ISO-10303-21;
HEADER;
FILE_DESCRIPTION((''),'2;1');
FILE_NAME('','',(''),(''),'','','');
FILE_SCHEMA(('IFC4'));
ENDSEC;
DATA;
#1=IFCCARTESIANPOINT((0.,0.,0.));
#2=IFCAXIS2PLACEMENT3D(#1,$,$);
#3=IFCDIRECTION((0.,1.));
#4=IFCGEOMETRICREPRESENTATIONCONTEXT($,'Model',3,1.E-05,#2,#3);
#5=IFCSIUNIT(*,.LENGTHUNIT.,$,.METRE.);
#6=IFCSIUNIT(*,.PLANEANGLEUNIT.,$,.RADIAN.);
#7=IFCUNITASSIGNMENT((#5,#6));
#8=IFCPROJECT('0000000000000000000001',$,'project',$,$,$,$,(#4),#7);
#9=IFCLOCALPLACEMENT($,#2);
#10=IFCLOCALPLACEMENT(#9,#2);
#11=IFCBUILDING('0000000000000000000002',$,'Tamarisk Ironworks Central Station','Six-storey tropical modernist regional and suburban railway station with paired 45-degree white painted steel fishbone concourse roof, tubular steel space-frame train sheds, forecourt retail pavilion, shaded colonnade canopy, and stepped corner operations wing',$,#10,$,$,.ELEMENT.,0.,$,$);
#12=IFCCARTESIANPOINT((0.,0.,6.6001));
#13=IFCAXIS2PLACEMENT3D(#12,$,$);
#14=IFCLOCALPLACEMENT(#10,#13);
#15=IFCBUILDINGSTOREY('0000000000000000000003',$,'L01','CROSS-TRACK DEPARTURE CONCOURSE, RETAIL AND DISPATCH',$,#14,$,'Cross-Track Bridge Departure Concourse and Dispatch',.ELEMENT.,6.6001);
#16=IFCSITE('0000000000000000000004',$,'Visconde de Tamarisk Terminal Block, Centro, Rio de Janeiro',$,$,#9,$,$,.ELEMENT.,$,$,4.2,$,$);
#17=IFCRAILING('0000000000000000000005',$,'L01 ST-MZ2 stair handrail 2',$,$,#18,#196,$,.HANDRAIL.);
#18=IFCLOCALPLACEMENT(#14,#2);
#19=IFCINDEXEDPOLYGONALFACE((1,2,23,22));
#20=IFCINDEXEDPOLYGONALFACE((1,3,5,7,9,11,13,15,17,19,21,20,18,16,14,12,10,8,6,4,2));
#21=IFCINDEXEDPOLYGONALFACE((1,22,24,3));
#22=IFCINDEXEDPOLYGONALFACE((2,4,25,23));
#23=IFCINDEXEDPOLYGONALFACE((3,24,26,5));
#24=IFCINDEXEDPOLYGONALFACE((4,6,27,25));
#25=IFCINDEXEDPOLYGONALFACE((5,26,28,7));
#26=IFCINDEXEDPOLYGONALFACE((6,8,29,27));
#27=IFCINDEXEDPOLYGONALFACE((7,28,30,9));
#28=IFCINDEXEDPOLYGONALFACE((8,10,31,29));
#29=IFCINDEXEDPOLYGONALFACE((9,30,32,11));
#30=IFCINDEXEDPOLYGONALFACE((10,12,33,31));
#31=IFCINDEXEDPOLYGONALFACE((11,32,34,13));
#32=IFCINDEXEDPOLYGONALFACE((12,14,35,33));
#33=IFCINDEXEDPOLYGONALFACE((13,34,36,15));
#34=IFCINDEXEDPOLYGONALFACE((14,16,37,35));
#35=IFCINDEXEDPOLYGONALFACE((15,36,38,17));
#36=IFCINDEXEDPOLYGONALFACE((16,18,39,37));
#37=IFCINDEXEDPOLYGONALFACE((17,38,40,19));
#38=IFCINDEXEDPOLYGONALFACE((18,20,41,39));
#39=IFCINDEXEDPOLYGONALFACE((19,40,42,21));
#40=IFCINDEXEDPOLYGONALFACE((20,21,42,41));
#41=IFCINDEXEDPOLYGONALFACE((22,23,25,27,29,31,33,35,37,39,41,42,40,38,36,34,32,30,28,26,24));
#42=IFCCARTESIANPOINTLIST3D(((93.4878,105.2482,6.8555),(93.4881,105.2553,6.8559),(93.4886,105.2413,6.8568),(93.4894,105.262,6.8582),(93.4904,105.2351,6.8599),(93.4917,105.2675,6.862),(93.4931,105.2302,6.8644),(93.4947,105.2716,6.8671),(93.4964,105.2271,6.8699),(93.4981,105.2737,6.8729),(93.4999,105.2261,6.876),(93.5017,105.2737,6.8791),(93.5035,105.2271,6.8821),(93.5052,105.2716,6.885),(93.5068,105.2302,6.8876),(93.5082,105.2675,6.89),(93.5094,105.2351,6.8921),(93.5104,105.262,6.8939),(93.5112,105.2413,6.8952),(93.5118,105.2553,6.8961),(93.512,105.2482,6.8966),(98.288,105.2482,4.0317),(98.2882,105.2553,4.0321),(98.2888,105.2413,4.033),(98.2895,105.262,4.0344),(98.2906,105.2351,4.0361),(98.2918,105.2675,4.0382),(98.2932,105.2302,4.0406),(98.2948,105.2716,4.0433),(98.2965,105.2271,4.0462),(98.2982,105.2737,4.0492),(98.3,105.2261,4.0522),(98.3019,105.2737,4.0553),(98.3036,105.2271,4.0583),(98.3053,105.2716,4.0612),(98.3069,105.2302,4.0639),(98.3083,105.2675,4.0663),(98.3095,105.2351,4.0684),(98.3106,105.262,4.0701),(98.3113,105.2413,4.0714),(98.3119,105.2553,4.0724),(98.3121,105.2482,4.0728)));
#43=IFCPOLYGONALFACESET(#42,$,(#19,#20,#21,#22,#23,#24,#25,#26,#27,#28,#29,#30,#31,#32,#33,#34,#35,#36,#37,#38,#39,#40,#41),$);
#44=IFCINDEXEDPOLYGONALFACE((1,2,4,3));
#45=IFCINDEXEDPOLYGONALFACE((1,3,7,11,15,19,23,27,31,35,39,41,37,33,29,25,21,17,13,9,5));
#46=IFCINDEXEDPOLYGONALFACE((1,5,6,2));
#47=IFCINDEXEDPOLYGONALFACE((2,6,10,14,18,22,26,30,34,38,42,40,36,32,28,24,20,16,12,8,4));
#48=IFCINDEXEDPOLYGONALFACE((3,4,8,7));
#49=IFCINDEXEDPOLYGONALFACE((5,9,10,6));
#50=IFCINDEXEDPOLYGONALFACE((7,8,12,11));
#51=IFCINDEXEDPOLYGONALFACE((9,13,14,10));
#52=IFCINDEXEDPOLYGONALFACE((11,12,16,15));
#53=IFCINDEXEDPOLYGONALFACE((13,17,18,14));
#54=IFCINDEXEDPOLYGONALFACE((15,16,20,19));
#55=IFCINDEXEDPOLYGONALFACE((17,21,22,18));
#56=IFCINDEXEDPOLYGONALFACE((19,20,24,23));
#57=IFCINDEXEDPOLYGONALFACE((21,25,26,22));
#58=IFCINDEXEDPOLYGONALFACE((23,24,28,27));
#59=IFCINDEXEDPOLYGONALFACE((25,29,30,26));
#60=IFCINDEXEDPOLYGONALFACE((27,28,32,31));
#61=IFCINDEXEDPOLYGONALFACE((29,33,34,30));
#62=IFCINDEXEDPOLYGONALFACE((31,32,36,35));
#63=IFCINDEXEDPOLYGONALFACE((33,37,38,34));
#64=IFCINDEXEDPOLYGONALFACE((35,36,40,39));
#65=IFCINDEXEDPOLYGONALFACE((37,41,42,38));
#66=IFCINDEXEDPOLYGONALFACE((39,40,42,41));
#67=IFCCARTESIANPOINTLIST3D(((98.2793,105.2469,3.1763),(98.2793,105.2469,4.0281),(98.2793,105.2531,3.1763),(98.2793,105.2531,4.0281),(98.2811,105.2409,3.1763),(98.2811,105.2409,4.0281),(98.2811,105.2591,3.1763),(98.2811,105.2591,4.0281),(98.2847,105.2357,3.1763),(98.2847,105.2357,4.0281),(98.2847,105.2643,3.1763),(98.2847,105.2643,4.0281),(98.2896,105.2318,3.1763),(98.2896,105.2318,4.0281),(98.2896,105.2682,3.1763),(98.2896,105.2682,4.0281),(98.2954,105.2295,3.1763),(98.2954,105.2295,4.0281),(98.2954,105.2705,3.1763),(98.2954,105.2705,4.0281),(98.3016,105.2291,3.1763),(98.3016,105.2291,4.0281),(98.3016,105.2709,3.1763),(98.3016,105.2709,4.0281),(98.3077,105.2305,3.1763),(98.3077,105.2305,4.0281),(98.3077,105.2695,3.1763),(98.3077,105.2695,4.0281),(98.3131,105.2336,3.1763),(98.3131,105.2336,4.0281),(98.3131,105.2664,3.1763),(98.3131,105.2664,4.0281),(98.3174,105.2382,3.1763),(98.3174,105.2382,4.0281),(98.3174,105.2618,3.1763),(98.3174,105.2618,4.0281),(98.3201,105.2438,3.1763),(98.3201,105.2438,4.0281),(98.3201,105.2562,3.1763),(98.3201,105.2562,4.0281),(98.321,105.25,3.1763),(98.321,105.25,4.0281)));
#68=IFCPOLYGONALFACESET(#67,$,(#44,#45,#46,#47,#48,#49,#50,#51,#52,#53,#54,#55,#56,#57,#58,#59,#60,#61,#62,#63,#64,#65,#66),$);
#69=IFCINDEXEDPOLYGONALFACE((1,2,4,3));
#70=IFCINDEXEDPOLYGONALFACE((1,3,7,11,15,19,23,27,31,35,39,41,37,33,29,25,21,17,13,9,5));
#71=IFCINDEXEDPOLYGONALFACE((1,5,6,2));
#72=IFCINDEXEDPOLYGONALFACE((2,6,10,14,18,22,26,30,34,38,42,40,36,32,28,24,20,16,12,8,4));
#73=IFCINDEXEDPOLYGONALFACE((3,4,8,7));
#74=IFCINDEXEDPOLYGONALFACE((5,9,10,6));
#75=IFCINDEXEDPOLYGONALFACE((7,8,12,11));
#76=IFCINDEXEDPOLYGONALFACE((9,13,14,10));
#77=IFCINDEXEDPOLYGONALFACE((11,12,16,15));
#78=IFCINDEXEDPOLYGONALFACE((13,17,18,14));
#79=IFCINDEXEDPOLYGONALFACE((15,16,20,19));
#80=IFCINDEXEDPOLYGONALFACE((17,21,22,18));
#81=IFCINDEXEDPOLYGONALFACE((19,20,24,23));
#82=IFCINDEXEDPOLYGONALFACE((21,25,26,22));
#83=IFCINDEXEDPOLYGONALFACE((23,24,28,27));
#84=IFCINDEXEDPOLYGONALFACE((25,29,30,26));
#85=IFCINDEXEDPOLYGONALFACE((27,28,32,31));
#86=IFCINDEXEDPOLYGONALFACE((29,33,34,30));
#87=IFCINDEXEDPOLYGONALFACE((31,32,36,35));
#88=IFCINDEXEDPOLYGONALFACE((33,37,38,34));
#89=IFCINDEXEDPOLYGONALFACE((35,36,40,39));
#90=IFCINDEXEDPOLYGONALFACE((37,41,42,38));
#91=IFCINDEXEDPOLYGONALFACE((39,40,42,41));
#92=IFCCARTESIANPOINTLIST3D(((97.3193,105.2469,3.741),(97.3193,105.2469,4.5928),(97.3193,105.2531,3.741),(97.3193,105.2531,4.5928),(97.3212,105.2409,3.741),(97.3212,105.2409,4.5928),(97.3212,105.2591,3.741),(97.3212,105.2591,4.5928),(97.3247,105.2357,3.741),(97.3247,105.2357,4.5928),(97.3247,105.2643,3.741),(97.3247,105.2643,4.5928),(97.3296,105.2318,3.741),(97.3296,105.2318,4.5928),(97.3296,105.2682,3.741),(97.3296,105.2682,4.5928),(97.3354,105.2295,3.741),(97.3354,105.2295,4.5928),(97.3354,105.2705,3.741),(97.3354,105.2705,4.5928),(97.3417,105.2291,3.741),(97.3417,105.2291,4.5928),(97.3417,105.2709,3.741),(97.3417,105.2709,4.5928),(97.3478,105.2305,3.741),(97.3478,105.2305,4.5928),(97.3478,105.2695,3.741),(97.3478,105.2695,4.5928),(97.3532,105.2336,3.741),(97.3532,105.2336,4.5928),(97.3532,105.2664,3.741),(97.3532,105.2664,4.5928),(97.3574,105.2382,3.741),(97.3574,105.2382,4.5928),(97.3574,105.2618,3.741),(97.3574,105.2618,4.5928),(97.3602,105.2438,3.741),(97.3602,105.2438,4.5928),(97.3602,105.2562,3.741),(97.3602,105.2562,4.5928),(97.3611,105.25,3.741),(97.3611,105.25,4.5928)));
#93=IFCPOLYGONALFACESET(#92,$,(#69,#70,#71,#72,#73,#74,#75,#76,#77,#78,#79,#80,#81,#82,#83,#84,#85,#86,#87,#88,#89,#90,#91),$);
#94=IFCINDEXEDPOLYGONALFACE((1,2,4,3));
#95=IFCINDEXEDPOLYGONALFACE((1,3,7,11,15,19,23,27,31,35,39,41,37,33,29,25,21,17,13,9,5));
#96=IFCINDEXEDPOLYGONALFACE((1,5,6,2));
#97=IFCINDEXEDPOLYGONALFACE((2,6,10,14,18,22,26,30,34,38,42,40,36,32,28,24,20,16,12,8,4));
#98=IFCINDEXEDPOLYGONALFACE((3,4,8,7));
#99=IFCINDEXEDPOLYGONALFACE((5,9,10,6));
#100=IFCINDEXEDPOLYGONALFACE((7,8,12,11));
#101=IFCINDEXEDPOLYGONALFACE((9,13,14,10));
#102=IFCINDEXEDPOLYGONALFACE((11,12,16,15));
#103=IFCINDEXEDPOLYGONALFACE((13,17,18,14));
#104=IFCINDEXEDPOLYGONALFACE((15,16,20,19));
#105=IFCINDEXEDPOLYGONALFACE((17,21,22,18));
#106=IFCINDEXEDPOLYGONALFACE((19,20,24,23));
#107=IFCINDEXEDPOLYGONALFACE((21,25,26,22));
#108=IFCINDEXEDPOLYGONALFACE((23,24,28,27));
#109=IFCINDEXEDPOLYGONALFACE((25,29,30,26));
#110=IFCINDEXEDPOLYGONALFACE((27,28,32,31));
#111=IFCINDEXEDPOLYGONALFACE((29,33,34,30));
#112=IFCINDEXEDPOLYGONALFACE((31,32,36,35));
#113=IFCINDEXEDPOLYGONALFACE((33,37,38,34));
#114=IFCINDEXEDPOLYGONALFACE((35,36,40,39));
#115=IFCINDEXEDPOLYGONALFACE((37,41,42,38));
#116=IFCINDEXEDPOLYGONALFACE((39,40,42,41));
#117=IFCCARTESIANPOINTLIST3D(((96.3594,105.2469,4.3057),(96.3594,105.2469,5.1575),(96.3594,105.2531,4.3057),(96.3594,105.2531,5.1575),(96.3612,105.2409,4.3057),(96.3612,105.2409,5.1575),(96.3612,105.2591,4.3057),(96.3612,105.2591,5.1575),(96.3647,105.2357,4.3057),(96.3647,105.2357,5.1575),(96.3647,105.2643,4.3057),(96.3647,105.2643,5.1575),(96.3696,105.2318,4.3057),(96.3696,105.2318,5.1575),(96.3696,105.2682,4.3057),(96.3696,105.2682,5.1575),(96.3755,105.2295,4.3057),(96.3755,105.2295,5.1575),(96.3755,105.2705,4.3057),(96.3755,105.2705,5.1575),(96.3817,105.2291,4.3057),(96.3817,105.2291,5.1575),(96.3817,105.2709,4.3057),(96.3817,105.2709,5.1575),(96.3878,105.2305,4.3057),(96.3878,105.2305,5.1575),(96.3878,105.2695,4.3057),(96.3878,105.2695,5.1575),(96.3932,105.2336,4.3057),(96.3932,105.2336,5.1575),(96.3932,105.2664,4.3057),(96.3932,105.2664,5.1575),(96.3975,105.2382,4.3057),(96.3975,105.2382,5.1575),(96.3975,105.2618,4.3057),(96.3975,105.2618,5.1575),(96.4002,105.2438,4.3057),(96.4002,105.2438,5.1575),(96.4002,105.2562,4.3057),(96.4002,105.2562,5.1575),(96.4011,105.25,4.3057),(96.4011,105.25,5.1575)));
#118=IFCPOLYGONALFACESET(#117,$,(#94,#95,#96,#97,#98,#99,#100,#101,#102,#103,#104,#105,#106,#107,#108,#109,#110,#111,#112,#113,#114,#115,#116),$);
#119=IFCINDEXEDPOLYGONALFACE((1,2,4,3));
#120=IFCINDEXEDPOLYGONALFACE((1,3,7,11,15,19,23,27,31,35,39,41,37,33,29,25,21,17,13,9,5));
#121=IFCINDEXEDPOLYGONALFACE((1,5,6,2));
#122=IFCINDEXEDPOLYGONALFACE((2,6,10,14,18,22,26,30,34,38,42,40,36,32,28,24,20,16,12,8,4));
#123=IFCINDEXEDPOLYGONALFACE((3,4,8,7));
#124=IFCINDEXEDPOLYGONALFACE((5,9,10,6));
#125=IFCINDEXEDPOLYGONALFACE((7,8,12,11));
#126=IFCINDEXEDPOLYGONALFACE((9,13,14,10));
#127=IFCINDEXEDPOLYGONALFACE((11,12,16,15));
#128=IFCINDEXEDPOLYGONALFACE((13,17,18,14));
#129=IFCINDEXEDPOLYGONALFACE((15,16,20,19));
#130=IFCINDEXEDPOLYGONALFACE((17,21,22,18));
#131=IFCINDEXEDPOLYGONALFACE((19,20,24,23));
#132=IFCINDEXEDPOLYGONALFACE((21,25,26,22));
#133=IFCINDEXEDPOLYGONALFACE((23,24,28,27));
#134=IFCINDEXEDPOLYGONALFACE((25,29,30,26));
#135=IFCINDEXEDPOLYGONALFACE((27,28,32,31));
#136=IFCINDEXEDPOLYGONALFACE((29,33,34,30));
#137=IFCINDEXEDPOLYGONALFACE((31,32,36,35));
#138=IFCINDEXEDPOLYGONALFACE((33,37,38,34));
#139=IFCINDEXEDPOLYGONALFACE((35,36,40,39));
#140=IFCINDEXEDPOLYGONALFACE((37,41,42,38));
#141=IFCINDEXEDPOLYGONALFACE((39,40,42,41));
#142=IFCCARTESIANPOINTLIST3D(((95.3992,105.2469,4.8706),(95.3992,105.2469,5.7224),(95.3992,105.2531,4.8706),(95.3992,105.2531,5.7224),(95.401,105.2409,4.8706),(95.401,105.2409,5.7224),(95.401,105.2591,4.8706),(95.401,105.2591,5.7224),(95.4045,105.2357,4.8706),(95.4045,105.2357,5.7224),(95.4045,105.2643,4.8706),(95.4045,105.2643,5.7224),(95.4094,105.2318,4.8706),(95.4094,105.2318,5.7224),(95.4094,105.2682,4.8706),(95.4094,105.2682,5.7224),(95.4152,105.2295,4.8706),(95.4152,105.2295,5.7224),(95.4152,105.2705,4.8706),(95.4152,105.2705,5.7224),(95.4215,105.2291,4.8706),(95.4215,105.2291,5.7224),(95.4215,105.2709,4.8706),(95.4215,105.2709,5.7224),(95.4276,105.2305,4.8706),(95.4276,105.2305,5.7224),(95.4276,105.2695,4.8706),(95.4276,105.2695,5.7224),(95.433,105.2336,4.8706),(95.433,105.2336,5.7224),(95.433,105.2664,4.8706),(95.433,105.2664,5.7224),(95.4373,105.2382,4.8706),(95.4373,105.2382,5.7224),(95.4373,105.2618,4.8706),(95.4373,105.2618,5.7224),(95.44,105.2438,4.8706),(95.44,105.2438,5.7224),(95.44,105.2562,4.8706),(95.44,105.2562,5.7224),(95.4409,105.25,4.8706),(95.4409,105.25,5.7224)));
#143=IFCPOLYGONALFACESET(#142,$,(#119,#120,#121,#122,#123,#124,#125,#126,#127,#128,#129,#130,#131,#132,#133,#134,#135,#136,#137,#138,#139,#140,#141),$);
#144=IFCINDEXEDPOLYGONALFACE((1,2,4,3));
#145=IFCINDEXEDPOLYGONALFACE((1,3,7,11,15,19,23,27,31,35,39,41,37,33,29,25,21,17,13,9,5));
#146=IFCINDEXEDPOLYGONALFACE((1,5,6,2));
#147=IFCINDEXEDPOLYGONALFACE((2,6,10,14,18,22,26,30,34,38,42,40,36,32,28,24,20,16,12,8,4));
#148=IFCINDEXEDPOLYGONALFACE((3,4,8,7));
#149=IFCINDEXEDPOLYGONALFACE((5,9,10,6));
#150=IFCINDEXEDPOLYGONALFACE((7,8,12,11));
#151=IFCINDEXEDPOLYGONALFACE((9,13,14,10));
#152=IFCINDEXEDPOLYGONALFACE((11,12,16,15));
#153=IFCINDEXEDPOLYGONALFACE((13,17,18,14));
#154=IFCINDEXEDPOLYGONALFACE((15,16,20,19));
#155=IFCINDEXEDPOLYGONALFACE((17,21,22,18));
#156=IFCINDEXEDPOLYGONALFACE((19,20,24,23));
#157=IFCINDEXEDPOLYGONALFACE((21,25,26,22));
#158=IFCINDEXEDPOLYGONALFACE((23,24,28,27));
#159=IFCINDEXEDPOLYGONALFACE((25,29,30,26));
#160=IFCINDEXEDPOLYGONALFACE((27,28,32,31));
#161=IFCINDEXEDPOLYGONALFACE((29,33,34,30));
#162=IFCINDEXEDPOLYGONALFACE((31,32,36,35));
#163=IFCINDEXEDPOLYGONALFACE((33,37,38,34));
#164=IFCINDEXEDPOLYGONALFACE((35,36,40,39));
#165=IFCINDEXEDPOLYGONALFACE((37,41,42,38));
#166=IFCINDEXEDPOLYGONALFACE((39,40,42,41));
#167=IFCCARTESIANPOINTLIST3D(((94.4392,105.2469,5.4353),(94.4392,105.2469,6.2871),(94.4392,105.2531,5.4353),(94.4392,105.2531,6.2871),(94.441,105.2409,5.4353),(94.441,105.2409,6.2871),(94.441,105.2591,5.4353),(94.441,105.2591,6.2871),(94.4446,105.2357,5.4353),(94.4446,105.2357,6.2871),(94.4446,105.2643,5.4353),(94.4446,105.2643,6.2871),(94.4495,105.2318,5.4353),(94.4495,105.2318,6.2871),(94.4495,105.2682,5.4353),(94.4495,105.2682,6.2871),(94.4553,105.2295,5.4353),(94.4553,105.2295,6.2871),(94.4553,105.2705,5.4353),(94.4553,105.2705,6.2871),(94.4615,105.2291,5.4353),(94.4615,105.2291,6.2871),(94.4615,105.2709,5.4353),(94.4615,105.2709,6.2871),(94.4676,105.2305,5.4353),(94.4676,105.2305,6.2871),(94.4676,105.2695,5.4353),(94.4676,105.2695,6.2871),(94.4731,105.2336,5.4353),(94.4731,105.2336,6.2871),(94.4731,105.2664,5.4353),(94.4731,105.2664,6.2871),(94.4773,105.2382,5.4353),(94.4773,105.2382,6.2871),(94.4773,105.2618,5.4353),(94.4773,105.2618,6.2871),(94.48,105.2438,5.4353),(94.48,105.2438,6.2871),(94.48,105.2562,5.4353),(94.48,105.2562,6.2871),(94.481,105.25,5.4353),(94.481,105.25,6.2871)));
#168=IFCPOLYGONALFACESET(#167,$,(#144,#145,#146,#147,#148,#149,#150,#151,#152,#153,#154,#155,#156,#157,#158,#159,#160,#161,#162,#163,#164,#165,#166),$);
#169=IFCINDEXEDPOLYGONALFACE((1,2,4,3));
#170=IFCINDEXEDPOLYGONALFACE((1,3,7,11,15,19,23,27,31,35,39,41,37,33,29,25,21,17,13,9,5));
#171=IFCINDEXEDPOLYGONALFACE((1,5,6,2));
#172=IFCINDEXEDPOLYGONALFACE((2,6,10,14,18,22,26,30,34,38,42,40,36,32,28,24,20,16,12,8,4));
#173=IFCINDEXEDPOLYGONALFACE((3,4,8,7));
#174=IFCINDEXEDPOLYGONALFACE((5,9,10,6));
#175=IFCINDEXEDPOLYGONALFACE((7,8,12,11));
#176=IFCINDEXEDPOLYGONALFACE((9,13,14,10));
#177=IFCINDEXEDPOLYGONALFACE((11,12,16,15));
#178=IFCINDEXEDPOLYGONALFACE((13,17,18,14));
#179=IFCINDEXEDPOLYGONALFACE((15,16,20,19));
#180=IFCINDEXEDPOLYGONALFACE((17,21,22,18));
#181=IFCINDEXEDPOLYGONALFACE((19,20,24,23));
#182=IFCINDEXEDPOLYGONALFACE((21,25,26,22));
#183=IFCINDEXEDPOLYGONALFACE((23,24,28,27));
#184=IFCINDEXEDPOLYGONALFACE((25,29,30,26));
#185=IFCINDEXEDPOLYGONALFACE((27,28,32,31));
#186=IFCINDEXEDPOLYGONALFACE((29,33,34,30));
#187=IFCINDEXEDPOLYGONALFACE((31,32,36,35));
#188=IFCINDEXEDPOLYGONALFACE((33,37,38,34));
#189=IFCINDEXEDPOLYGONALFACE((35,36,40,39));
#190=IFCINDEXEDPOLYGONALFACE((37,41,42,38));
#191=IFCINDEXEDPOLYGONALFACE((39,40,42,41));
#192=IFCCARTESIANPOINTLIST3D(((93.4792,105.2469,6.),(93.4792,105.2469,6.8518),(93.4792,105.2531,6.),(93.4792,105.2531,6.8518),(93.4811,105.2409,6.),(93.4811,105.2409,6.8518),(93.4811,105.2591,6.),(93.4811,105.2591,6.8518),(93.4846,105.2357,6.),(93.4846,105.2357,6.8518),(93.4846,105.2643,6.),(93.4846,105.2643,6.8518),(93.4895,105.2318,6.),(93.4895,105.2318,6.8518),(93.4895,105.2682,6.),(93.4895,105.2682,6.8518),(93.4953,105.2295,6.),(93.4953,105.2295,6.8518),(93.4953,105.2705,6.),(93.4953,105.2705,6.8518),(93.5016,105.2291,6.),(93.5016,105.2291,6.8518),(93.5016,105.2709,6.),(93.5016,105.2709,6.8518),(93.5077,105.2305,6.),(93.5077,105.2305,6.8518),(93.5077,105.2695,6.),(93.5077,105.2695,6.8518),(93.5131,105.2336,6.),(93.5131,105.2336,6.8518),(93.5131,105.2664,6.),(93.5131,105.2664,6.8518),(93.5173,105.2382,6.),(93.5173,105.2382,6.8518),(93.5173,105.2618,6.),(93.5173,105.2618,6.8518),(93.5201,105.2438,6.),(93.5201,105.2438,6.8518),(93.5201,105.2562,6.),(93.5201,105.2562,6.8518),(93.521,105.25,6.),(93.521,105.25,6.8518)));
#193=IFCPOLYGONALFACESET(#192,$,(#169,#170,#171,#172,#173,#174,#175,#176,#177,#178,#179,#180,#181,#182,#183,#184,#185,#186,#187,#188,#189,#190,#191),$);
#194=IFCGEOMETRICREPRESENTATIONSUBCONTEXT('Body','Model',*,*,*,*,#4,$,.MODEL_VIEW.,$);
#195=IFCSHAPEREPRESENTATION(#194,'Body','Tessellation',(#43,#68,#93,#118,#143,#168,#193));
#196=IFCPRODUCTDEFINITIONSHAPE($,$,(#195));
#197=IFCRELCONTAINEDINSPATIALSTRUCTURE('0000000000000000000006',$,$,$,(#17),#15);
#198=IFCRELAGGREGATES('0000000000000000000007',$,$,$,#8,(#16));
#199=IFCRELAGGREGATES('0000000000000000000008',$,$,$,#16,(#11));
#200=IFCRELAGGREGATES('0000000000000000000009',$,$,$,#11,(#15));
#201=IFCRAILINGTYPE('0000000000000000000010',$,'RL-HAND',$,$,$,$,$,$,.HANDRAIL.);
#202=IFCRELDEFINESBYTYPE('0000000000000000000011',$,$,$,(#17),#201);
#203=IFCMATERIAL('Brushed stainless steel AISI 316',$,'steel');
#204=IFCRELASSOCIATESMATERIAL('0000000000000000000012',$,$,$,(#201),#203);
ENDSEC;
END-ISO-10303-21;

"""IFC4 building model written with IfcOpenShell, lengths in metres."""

from ifc_helpers import new_model, si_unit, direction, frame, origin, origin_2d, place, context, subcontext, project, spatial, circle, extrude, material, type_object, element, save


model = new_model("IFC4")

# Units and contexts
model_context = context("Model", 3, precision=1e-05, world=origin(), true_north=direction((0.0, 1.0)))
body_context = subcontext(model_context, "Body", "Model", "MODEL_VIEW")
ifc_project = project(units=[si_unit("LENGTHUNIT", "METRE"), si_unit("PLANEANGLEUNIT", "RADIAN")], contexts=[model_context])

# Site, building, storey
site_placement = place(None, origin())
site = spatial("IfcSite", under=ifc_project, at=site_placement, Name="Visconde de Tamarisk Terminal Block, Centro, Rio de Janeiro", CompositionType="ELEMENT", RefElevation=4.2)
building_placement = place(site_placement, origin())
building = spatial("IfcBuilding", under=site, at=building_placement, Name="Tamarisk Ironworks Central Station", Description="Six-storey tropical modernist regional and suburban railway station with paired 45-degree white painted steel fishbone concourse roof, tubular steel space-frame train sheds, forecourt retail pavilion, shaded colonnade canopy, and stepped corner operations wing", CompositionType="ELEMENT", ElevationOfRefHeight=0.0)
storey_placement = place(building_placement, frame((0.0, 0.0, 6.6001)))
storey = spatial("IfcBuildingStorey", under=building, at=storey_placement, Name="L01", Description="CROSS-TRACK DEPARTURE CONCOURSE, RETAIL AND DISPATCH", LongName="Cross-Track Bridge Departure Concourse and Dispatch", CompositionType="ELEMENT", Elevation=6.6001)

# Railing
ifc_material_1 = material(Name="Brushed stainless steel AISI 316", Category="steel")
railing_type_1 = type_object("IfcRailingType", Name="RL-HAND", PredefinedType="HANDRAIL", material=ifc_material_1)
railing_1_placement = place(storey_placement, frame((98.3, 105.25, 3.1763)))
element("IfcRailing", 1, at=railing_1_placement, inside=storey, type_object=railing_type_1, Name="L01 ST-MZ2 stair handrail 2", PredefinedType="HANDRAIL", context=body_context, shape_type="SweptSolid", body=[
    extrude(circle(Radius=0.0239, at=origin_2d()), frame((0.0, 0.0, 0.876), z_axis=(-0.861921, 0.0, 0.507043), x_axis=(0.0, -1.0, 0.0)), (0.0, 0.0, 1.0), 5.5691),
    extrude(circle(Radius=0.021, at=origin_2d()), origin(), (0.0, 0.0, 1.0), 0.8518),
    extrude(circle(Radius=0.021, at=origin_2d()), frame((-0.96, 0.0, 0.5647)), (0.0, 0.0, 1.0), 0.8518),
    extrude(circle(Radius=0.021, at=origin_2d()), frame((-1.9199, 0.0, 1.1294)), (0.0, 0.0, 1.0), 0.8518),
    extrude(circle(Radius=0.021, at=origin_2d()), frame((-2.8801, 0.0, 1.6943)), (0.0, 0.0, 1.0), 0.8518),
    extrude(circle(Radius=0.021, at=origin_2d()), frame((-3.8401, 0.0, 2.259)), (0.0, 0.0, 1.0), 0.8518),
    extrude(circle(Radius=0.021, at=origin_2d()), frame((-4.8, 0.0, 2.8237)), (0.0, 0.0, 1.0), 0.8518),
])

save(model, "model.ifc")
